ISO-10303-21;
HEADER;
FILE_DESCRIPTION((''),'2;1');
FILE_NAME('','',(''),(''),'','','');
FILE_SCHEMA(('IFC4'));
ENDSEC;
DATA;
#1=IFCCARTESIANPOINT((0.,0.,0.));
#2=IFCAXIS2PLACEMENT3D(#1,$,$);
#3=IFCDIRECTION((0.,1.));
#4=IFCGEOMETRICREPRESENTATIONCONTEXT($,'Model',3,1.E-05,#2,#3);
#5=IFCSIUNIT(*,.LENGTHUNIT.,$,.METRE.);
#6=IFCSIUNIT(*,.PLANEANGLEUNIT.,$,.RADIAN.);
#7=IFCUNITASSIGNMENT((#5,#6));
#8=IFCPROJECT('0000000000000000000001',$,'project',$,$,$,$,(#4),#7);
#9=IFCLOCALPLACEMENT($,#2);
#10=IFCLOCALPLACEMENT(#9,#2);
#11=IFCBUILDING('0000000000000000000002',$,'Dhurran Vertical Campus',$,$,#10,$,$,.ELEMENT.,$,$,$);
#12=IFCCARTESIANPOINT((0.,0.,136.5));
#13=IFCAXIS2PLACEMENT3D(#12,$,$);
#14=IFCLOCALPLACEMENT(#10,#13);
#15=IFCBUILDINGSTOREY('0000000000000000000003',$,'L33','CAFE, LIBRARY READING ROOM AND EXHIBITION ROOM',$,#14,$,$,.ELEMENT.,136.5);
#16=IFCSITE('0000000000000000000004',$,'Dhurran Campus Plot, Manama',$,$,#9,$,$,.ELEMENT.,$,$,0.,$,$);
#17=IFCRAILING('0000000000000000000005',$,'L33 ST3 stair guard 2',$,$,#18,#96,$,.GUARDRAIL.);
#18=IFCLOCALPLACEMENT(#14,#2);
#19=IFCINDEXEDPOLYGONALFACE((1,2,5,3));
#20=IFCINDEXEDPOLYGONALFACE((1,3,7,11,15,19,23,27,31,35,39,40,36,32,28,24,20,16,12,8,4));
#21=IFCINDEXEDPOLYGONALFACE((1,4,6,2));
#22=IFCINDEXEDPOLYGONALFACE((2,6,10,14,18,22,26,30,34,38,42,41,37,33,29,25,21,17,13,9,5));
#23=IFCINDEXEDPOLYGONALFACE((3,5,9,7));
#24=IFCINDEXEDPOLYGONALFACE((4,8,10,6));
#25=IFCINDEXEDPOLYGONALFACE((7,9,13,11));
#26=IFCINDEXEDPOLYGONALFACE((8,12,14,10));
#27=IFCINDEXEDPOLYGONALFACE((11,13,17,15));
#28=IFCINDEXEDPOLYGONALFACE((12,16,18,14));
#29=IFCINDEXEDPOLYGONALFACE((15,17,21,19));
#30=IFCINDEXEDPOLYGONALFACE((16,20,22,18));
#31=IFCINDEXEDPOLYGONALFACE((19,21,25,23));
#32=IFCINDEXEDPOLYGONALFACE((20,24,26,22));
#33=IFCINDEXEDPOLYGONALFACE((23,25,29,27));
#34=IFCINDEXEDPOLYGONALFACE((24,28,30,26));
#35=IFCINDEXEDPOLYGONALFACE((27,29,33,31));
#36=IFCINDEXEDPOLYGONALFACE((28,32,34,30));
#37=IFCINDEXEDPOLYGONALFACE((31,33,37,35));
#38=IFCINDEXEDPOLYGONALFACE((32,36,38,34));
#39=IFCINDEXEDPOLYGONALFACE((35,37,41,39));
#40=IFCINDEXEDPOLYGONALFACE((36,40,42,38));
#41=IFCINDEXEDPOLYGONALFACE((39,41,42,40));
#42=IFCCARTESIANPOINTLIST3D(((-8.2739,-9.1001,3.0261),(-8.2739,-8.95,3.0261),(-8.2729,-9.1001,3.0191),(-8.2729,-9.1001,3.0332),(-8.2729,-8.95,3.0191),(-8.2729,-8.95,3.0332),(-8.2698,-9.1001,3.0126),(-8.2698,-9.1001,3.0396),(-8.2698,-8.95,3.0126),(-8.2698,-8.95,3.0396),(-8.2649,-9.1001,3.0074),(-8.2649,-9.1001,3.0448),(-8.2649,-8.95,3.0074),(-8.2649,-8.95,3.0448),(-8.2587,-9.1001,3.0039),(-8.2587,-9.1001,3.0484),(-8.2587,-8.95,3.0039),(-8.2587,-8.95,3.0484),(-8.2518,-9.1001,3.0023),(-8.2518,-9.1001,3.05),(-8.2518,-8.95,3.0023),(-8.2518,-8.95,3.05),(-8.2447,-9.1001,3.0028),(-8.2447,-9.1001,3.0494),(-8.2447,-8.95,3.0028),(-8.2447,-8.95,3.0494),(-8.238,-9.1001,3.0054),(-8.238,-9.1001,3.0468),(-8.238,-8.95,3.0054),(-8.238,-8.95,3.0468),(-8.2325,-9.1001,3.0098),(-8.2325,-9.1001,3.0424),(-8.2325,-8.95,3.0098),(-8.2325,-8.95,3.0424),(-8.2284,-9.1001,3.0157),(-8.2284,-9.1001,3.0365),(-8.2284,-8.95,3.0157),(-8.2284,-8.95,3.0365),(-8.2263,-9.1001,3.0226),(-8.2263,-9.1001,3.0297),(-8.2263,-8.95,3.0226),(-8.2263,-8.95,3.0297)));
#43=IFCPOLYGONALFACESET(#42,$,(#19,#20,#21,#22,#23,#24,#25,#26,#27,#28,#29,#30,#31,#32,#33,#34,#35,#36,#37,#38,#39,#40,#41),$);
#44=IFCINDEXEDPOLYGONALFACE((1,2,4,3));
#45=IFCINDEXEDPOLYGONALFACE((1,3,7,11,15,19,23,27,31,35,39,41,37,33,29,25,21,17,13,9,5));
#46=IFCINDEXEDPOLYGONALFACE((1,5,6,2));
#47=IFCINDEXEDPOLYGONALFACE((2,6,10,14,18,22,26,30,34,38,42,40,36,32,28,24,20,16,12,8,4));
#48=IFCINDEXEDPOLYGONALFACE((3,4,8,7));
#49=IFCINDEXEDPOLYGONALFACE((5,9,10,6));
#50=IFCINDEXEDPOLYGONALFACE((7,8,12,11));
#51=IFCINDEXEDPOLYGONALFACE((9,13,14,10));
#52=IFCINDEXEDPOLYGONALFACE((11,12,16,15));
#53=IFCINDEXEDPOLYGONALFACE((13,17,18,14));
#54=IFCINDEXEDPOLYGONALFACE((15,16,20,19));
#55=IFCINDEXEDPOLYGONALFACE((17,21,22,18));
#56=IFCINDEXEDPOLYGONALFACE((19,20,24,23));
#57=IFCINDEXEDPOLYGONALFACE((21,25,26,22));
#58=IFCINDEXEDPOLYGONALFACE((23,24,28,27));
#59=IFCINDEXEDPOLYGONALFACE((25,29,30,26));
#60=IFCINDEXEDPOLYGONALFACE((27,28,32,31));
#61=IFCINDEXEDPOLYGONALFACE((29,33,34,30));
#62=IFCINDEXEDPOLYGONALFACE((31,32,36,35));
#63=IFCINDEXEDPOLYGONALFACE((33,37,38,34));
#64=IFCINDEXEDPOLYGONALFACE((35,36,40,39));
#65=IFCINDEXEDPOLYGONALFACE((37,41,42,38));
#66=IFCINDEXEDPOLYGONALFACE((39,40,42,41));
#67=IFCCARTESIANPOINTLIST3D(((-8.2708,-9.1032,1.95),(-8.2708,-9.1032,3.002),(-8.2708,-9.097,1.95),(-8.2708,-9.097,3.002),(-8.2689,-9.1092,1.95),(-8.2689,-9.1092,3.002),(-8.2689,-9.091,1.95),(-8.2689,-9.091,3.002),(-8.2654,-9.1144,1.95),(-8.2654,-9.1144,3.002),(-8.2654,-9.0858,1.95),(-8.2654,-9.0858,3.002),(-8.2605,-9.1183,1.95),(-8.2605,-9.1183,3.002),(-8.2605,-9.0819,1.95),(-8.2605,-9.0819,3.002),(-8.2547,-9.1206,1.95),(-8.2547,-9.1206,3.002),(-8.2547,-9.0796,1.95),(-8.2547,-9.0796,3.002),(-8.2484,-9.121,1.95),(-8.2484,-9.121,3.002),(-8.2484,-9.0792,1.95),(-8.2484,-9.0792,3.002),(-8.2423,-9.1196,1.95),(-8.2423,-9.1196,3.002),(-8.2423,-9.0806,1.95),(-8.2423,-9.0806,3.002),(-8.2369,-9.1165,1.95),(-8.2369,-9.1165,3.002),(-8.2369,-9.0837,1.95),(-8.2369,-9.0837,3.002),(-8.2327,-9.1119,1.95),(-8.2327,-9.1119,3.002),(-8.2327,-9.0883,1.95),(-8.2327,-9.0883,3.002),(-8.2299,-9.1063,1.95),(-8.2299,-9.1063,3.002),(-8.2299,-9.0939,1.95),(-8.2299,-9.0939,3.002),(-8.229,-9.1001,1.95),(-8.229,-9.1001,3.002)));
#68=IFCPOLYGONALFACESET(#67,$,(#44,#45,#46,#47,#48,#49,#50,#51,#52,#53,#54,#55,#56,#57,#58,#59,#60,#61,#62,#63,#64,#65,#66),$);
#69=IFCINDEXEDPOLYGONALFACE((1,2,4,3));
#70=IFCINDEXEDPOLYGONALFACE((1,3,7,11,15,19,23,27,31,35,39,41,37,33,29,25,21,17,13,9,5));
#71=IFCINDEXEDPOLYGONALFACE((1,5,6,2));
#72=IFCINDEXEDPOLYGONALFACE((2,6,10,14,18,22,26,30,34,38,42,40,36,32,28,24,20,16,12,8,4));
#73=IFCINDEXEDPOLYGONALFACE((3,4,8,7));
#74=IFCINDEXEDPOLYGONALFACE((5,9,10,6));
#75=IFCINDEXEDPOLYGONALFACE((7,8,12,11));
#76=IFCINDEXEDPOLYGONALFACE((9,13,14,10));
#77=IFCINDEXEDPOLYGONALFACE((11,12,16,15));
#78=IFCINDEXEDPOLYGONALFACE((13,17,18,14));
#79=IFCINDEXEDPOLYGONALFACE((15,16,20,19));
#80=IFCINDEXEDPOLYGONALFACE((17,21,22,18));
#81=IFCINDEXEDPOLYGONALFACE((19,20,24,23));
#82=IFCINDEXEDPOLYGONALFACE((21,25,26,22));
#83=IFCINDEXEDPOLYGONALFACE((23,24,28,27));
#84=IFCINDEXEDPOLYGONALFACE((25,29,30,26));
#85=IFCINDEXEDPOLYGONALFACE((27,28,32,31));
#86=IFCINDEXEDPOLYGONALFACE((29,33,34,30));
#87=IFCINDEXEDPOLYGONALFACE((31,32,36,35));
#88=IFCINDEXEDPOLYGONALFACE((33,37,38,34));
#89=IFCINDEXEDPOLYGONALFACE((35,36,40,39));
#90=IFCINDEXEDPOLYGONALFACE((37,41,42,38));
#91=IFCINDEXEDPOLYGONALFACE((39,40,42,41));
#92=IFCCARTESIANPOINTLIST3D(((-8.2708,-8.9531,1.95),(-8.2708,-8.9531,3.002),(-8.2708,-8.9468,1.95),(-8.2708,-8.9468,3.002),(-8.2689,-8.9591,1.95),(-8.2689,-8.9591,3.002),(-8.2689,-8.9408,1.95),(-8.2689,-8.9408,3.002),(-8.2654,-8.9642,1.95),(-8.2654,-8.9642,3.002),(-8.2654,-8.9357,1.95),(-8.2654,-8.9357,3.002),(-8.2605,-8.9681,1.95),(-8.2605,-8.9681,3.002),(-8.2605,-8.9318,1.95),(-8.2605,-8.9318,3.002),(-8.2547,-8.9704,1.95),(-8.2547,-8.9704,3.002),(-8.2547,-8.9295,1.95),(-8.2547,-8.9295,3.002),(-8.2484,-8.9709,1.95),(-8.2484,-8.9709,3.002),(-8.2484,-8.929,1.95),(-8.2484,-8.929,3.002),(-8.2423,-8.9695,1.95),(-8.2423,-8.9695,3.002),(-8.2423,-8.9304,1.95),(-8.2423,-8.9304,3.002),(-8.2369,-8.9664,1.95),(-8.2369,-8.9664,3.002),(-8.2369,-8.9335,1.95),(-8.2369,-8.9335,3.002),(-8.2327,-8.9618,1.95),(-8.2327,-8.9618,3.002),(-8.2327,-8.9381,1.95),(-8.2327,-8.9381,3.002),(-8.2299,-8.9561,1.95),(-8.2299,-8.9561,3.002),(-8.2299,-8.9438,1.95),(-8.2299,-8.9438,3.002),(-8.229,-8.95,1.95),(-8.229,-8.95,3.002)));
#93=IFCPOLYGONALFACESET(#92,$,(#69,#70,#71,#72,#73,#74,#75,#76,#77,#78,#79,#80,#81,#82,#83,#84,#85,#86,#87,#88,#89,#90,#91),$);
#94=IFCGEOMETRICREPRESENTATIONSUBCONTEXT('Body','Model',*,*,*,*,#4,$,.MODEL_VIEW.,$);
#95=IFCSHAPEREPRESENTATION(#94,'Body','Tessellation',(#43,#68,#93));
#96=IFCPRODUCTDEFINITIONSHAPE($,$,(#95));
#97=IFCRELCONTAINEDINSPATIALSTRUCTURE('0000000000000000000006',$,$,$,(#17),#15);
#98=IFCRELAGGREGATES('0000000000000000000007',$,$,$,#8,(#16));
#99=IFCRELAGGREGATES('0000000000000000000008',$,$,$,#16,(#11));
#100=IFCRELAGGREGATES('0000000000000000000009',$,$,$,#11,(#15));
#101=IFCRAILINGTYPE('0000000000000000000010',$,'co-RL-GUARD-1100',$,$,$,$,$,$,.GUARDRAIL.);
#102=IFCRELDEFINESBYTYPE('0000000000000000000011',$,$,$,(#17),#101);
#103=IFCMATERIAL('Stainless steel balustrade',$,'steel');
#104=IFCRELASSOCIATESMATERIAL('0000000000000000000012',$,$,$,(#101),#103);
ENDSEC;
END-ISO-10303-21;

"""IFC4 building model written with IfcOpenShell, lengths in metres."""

from ifc_helpers import new_model, si_unit, direction, frame, origin, origin_2d, place, context, subcontext, project, spatial, circle, extrude, material, type_object, element, save


model = new_model("IFC4")

# Units and contexts
model_context = context("Model", 3, precision=1e-05, world=origin(), true_north=direction((0.0, 1.0)))
body_context = subcontext(model_context, "Body", "Model", "MODEL_VIEW")
ifc_project = project(units=[si_unit("LENGTHUNIT", "METRE"), si_unit("PLANEANGLEUNIT", "RADIAN")], contexts=[model_context])

# Site, building, storey
site_placement = place(None, origin())
site = spatial("IfcSite", under=ifc_project, at=site_placement, Name="Dhurran Campus Plot, Manama", CompositionType="ELEMENT", RefElevation=0.0)
building_placement = place(site_placement, origin())
building = spatial("IfcBuilding", under=site, at=building_placement, Name="Dhurran Vertical Campus", CompositionType="ELEMENT")
storey_placement = place(building_placement, frame((0.0, 0.0, 136.5)))
storey = spatial("IfcBuildingStorey", under=building, at=storey_placement, Name="L33", Description="CAFE, LIBRARY READING ROOM AND EXHIBITION ROOM", CompositionType="ELEMENT", Elevation=136.5)

# Railing
ifc_material_1 = material(Name="Stainless steel balustrade", Category="steel")
railing_type_1 = type_object("IfcRailingType", Name="co-RL-GUARD-1100", PredefinedType="GUARDRAIL", material=ifc_material_1)
railing_1_placement = place(storey_placement, frame((-8.25, -9.1001, 1.95)))
element("IfcRailing", 1, at=railing_1_placement, inside=storey, type_object=railing_type_1, Name="L33 ST3 stair guard 2", PredefinedType="GUARDRAIL", context=body_context, shape_type="SweptSolid", body=[
    extrude(circle(Radius=0.0239, at=origin_2d()), frame((0.0, 0.0, 1.0762), z_axis=(0.0, 1.0, 0.0), x_axis=(-1.0, 0.0, 0.0)), (0.0, 0.0, 1.0), 0.1501),
    extrude(circle(Radius=0.021, at=origin_2d()), origin(), (0.0, 0.0, 1.0), 1.052),
    extrude(circle(Radius=0.021, at=origin_2d()), frame((0.0, 0.1501, 0.0)), (0.0, 0.0, 1.0), 1.052),
])

save(model, "model.ifc")
